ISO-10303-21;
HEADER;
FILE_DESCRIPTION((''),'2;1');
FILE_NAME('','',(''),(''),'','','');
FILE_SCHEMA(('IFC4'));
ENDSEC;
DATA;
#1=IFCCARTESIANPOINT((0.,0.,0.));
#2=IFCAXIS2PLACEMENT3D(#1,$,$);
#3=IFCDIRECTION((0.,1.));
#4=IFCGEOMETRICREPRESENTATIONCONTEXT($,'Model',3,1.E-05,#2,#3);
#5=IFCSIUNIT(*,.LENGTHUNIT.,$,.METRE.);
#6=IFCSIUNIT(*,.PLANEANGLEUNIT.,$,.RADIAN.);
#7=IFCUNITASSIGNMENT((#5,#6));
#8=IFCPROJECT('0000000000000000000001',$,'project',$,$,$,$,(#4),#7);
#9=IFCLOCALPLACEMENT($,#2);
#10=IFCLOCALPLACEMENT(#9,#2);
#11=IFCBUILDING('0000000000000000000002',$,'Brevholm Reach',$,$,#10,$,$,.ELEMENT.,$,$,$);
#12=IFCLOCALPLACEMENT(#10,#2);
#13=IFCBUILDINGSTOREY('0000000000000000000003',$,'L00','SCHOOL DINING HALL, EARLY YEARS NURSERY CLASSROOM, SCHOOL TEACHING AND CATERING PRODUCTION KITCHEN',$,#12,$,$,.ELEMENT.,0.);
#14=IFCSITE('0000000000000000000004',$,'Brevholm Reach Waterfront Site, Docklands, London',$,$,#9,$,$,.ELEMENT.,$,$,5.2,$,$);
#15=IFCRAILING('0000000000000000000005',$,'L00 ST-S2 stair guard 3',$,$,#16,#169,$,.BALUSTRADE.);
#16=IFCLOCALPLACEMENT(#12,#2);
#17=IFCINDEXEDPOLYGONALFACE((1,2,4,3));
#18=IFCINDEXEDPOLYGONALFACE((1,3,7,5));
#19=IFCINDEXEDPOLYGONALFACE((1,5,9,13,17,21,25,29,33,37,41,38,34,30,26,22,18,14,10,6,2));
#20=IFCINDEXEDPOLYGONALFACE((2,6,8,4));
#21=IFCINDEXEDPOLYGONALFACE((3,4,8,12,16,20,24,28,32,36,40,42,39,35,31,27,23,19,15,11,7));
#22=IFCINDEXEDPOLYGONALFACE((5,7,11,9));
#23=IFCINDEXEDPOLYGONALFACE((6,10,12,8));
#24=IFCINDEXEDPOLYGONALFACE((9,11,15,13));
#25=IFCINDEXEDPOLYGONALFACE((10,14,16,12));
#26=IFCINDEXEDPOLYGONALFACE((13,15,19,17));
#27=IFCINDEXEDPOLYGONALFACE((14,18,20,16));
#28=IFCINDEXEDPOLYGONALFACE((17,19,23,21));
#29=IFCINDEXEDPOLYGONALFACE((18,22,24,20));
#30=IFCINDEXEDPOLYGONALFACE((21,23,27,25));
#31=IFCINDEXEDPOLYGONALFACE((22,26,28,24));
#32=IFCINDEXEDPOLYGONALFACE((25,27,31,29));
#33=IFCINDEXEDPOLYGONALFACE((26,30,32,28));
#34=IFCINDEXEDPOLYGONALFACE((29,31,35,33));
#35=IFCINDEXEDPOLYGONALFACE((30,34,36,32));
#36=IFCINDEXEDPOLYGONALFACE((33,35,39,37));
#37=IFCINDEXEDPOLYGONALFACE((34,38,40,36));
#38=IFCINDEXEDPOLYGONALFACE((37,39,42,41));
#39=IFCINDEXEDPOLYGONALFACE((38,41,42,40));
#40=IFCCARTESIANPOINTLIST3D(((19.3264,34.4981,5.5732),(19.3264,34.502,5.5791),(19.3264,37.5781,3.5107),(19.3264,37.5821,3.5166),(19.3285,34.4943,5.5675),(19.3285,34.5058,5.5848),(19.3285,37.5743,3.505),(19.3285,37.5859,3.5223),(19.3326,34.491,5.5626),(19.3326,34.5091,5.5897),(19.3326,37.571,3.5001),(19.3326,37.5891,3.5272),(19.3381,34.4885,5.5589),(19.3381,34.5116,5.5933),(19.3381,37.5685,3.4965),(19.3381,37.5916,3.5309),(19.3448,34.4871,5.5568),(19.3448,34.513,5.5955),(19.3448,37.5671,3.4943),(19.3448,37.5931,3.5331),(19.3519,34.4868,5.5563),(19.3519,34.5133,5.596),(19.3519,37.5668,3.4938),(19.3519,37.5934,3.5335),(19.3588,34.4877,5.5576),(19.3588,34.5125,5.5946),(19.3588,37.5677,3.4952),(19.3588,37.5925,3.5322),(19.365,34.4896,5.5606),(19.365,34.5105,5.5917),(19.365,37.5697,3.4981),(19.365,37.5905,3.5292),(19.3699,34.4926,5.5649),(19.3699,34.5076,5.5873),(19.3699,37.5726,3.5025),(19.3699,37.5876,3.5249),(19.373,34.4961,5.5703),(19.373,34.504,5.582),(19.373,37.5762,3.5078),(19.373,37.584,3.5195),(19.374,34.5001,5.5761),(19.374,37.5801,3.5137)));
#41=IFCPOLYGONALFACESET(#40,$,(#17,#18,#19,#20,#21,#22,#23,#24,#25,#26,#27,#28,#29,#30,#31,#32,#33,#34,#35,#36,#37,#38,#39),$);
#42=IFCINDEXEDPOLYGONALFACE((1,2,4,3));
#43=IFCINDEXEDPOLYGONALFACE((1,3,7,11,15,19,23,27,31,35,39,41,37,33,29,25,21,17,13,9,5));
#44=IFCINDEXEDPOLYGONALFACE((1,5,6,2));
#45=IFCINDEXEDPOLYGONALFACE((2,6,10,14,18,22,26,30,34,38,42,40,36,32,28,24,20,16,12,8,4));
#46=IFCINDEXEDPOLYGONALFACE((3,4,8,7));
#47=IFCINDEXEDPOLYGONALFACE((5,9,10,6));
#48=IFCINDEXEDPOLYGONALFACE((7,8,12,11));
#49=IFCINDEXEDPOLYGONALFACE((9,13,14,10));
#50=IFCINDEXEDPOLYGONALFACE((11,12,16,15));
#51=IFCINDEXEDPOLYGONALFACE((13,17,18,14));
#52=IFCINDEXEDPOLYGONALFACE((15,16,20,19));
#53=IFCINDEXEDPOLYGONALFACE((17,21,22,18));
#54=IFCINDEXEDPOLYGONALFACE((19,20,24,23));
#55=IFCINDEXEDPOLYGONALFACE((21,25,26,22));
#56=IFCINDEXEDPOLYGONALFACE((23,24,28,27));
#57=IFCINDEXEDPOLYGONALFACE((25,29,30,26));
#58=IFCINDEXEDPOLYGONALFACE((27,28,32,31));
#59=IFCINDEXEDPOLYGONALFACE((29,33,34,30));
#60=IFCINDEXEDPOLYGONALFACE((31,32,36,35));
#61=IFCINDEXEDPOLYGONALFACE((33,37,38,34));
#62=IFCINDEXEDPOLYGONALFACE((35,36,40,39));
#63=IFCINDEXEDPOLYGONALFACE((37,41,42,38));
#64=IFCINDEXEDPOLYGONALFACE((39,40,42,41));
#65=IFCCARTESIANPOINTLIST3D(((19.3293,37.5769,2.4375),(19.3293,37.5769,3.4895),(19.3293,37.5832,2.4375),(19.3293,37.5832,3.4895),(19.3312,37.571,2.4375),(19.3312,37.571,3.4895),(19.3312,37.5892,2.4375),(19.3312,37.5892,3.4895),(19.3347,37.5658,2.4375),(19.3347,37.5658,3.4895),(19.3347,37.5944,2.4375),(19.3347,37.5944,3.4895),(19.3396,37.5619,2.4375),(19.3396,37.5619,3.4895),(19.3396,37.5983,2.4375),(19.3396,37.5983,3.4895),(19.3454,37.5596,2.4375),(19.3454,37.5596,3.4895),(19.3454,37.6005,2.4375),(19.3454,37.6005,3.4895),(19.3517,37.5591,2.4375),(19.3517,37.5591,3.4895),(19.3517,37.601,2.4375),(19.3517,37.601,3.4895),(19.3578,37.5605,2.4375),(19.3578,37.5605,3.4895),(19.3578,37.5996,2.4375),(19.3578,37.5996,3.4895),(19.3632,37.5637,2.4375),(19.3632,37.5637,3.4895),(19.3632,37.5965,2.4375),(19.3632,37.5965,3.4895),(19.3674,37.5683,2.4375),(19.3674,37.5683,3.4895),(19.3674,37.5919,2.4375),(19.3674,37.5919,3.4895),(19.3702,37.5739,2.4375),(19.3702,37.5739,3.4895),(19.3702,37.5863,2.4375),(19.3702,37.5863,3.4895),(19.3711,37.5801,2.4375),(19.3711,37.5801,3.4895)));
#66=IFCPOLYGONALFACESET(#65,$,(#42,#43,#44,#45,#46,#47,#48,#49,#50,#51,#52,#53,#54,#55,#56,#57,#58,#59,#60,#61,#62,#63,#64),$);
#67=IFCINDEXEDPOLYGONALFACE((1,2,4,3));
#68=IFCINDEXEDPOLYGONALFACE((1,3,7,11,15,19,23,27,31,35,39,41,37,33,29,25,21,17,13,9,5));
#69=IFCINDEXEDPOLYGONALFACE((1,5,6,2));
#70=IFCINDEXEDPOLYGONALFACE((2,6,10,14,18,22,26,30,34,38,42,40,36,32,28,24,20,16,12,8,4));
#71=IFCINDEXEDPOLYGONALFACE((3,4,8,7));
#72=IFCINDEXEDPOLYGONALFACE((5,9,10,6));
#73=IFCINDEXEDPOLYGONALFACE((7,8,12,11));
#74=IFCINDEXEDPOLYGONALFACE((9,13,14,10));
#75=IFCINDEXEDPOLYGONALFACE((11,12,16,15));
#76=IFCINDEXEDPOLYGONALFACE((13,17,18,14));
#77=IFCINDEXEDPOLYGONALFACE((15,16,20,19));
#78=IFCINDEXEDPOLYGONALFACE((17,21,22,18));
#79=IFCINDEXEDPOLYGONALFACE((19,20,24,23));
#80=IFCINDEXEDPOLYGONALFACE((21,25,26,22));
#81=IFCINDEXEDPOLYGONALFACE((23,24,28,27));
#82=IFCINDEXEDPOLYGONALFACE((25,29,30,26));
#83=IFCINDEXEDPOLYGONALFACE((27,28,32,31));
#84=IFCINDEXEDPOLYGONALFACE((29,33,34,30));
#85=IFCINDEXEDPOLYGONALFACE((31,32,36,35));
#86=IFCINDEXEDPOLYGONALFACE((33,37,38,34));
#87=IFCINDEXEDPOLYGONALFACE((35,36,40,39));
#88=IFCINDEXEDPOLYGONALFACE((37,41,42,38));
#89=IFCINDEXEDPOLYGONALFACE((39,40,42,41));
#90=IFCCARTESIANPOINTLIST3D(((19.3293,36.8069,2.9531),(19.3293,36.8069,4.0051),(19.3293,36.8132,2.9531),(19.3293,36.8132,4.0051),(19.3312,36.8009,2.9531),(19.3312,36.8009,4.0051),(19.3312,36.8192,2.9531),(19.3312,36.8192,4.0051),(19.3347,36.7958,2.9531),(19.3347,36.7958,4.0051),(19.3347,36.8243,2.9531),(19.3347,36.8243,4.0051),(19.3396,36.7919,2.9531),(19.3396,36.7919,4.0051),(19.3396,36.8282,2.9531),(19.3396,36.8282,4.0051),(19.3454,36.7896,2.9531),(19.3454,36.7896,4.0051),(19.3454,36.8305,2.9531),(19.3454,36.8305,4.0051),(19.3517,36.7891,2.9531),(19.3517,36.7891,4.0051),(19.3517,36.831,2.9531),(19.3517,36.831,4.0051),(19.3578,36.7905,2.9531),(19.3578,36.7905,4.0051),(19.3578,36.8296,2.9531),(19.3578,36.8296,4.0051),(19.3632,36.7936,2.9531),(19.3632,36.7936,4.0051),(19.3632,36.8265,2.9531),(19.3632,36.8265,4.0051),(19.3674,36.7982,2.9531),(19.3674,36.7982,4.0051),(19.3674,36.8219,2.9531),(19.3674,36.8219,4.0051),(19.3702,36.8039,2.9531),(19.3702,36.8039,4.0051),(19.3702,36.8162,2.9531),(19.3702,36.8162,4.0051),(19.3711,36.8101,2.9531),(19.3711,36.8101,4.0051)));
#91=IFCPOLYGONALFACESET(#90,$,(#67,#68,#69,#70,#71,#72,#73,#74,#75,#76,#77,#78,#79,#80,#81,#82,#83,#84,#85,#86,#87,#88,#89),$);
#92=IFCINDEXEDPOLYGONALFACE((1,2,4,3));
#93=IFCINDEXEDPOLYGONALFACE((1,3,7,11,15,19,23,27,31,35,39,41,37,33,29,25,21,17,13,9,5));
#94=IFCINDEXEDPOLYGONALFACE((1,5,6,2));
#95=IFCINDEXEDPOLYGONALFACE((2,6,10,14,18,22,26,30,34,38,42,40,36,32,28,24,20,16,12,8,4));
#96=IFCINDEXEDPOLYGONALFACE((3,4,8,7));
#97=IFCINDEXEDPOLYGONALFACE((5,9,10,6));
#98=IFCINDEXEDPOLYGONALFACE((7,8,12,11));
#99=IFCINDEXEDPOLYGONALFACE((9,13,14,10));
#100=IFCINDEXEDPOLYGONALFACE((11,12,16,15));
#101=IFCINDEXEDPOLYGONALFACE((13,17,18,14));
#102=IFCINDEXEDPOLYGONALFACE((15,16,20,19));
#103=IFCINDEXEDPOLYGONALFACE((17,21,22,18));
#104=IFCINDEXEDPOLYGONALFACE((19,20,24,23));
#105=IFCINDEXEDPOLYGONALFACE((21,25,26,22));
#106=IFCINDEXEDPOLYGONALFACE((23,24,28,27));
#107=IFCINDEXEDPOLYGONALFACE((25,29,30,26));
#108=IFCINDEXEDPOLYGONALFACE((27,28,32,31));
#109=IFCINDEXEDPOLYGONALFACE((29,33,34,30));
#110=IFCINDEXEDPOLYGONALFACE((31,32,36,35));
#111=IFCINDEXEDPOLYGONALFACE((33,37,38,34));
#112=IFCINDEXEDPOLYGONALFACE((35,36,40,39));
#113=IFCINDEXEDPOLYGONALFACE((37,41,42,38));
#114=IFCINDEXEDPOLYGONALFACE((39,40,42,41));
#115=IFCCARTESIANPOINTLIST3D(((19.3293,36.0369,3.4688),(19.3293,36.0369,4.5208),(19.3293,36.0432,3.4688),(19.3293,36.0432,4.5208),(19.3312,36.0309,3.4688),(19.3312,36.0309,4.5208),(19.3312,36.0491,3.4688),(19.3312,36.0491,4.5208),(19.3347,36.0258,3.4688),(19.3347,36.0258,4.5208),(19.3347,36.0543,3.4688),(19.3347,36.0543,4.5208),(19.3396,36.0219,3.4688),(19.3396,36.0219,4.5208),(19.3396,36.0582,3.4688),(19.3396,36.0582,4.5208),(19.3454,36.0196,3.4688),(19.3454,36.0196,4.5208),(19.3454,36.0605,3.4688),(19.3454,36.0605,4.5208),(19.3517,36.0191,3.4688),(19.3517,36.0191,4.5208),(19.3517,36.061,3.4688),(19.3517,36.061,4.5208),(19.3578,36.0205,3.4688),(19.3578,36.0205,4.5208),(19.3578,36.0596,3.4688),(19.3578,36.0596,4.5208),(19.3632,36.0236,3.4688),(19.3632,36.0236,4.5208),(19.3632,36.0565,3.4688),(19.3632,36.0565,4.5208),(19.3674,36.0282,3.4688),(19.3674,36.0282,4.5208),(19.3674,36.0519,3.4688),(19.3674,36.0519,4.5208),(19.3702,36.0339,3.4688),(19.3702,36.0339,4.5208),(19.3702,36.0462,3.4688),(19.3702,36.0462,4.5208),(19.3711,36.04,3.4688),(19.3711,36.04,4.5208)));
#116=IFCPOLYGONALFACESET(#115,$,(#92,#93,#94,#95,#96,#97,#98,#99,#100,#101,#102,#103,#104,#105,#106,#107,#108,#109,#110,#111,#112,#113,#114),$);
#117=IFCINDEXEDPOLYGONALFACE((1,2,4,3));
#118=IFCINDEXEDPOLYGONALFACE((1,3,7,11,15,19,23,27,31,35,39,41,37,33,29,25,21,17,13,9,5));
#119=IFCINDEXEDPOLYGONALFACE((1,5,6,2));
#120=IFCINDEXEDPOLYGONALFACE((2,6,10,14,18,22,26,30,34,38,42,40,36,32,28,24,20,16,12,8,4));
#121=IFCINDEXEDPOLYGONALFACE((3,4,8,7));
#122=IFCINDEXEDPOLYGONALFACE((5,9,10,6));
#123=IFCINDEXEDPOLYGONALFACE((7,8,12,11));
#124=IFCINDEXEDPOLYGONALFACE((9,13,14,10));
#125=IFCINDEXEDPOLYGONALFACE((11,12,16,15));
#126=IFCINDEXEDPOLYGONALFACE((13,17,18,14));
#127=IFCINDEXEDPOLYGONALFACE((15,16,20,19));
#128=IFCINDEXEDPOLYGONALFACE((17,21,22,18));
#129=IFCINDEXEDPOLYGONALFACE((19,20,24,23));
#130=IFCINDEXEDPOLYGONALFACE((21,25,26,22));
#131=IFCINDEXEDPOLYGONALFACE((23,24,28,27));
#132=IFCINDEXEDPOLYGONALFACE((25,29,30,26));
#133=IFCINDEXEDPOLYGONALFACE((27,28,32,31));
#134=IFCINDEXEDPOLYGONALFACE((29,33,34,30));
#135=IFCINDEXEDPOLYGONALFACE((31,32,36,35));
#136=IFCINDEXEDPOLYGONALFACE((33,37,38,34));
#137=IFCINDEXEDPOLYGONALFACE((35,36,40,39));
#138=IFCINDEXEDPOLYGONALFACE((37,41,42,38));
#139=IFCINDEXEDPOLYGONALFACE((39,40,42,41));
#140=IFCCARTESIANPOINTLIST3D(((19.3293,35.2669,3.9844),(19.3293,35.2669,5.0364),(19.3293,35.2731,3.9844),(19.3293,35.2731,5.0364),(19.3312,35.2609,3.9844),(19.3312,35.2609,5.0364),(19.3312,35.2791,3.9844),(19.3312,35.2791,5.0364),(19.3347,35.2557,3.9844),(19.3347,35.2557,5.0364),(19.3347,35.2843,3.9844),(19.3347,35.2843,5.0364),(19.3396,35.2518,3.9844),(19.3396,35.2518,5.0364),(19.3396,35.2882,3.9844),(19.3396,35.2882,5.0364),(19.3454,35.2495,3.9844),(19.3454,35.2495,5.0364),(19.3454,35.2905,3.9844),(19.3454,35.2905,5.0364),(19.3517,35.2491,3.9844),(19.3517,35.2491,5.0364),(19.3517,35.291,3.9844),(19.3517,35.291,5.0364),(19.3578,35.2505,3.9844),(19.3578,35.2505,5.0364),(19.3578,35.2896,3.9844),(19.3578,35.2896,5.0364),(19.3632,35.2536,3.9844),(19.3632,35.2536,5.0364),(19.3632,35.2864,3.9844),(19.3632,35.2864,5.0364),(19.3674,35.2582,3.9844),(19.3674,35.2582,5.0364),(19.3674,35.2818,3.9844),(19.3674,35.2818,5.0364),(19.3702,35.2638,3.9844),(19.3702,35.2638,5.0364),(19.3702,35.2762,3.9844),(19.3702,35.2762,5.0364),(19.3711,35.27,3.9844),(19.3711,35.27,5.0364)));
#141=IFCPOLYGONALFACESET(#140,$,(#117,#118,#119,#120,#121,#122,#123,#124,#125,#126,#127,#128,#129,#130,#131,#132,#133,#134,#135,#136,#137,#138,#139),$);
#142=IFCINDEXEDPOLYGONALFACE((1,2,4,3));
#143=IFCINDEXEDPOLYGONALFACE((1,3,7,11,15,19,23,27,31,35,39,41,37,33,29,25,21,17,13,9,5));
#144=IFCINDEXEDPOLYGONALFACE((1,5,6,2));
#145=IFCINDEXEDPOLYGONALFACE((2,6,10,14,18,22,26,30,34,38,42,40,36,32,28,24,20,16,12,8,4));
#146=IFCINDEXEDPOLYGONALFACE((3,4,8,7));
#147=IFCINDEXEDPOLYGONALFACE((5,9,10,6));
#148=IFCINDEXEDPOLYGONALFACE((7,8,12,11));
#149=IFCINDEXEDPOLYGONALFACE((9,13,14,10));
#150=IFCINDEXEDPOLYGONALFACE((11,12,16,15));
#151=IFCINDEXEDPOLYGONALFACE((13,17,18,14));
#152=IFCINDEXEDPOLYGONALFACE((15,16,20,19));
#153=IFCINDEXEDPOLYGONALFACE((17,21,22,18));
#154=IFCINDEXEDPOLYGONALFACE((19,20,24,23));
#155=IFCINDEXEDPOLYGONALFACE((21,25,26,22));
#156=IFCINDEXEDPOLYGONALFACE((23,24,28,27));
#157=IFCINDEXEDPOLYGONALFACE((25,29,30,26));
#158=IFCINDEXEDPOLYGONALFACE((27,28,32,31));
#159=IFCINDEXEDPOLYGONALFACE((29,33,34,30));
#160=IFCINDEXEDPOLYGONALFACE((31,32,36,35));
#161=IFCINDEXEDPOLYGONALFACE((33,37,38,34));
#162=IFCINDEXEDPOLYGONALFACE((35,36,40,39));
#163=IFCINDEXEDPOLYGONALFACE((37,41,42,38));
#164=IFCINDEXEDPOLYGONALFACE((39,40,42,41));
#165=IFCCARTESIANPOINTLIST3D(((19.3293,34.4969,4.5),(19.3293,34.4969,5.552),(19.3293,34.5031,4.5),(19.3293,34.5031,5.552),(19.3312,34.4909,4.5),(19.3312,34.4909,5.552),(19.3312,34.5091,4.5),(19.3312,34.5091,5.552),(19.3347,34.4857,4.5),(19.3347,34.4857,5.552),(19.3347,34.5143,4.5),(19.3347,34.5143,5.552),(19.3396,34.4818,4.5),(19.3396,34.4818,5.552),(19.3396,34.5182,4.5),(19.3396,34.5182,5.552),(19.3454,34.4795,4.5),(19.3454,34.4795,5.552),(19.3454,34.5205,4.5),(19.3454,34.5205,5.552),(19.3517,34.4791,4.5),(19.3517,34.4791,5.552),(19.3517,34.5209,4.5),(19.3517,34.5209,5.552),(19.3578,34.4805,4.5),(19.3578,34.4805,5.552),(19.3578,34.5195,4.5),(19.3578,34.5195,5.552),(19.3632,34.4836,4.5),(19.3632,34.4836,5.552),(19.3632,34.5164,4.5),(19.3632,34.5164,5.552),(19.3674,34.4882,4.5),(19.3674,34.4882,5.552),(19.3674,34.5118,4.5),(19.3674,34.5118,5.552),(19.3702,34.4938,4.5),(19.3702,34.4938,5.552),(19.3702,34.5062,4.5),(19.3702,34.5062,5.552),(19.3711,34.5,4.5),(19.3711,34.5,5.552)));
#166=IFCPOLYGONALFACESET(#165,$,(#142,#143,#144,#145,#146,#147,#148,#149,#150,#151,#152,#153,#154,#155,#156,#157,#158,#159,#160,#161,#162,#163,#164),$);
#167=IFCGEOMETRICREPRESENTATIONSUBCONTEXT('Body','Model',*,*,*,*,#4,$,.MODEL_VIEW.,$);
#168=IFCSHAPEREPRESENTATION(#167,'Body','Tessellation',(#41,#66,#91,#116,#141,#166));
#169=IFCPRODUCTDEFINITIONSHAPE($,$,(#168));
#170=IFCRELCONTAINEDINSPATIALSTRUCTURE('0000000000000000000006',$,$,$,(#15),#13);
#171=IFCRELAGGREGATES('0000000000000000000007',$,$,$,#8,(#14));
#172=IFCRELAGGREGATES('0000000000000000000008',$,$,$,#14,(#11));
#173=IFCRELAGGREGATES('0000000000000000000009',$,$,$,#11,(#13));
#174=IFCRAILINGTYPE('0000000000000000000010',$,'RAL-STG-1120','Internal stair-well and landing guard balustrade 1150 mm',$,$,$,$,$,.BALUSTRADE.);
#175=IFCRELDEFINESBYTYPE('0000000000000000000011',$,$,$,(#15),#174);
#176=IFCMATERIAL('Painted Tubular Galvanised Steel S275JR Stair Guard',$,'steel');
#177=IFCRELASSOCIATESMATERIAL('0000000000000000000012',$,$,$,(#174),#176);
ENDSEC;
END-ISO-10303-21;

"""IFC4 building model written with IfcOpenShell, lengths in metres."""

from ifc_helpers import new_model, si_unit, direction, frame, origin, origin_2d, place, context, subcontext, project, spatial, circle, extrude, material, type_object, element, save


model = new_model("IFC4")

# Units and contexts
model_context = context("Model", 3, precision=1e-05, world=origin(), true_north=direction((0.0, 1.0)))
body_context = subcontext(model_context, "Body", "Model", "MODEL_VIEW")
ifc_project = project(units=[si_unit("LENGTHUNIT", "METRE"), si_unit("PLANEANGLEUNIT", "RADIAN")], contexts=[model_context])

# Site, building, storey
site_placement = place(None, origin())
site = spatial("IfcSite", under=ifc_project, at=site_placement, Name="Brevholm Reach Waterfront Site, Docklands, London", CompositionType="ELEMENT", RefElevation=5.2)
building_placement = place(site_placement, origin())
building = spatial("IfcBuilding", under=site, at=building_placement, Name="Brevholm Reach", CompositionType="ELEMENT")
storey_placement = place(building_placement, origin())
storey = spatial("IfcBuildingStorey", under=building, at=storey_placement, Name="L00", Description="SCHOOL DINING HALL, EARLY YEARS NURSERY CLASSROOM, SCHOOL TEACHING AND CATERING PRODUCTION KITCHEN", CompositionType="ELEMENT", Elevation=0.0)

# Railing
ifc_material_1 = material(Name="Painted Tubular Galvanised Steel S275JR Stair Guard", Category="steel")
railing_type_1 = type_object("IfcRailingType", Name="RAL-STG-1120", Description="Internal stair-well and landing guard balustrade 1150 mm", PredefinedType="BALUSTRADE", material=ifc_material_1)
railing_1_placement = place(storey_placement, frame((19.3501, 37.5801, 2.4375)))
element("IfcRailing", 1, at=railing_1_placement, inside=storey, type_object=railing_type_1, Name="L00 ST-S2 stair guard 3", PredefinedType="BALUSTRADE", context=body_context, shape_type="SweptSolid", body=[
    extrude(circle(Radius=0.0239, at=origin_2d()), frame((0.0, 0.0, 1.0762), z_axis=(0.0, -0.830914, 0.556401), x_axis=(1.0, 0.0, 0.0)), (0.0, 0.0, 1.0), 3.7068),
    extrude(circle(Radius=0.021, at=origin_2d()), origin(), (0.0, 0.0, 1.0), 1.052),
    extrude(circle(Radius=0.021, at=origin_2d()), frame((0.0, -0.77, 0.5156)), (0.0, 0.0, 1.0), 1.052),
    extrude(circle(Radius=0.021, at=origin_2d()), frame((0.0, -1.54, 1.0312)), (0.0, 0.0, 1.0), 1.052),
    extrude(circle(Radius=0.021, at=origin_2d()), frame((0.0, -2.3101, 1.5469)), (0.0, 0.0, 1.0), 1.052),
    extrude(circle(Radius=0.021, at=origin_2d()), frame((0.0, -3.0801, 2.0625)), (0.0, 0.0, 1.0), 1.052),
])

save(model, "model.ifc")
